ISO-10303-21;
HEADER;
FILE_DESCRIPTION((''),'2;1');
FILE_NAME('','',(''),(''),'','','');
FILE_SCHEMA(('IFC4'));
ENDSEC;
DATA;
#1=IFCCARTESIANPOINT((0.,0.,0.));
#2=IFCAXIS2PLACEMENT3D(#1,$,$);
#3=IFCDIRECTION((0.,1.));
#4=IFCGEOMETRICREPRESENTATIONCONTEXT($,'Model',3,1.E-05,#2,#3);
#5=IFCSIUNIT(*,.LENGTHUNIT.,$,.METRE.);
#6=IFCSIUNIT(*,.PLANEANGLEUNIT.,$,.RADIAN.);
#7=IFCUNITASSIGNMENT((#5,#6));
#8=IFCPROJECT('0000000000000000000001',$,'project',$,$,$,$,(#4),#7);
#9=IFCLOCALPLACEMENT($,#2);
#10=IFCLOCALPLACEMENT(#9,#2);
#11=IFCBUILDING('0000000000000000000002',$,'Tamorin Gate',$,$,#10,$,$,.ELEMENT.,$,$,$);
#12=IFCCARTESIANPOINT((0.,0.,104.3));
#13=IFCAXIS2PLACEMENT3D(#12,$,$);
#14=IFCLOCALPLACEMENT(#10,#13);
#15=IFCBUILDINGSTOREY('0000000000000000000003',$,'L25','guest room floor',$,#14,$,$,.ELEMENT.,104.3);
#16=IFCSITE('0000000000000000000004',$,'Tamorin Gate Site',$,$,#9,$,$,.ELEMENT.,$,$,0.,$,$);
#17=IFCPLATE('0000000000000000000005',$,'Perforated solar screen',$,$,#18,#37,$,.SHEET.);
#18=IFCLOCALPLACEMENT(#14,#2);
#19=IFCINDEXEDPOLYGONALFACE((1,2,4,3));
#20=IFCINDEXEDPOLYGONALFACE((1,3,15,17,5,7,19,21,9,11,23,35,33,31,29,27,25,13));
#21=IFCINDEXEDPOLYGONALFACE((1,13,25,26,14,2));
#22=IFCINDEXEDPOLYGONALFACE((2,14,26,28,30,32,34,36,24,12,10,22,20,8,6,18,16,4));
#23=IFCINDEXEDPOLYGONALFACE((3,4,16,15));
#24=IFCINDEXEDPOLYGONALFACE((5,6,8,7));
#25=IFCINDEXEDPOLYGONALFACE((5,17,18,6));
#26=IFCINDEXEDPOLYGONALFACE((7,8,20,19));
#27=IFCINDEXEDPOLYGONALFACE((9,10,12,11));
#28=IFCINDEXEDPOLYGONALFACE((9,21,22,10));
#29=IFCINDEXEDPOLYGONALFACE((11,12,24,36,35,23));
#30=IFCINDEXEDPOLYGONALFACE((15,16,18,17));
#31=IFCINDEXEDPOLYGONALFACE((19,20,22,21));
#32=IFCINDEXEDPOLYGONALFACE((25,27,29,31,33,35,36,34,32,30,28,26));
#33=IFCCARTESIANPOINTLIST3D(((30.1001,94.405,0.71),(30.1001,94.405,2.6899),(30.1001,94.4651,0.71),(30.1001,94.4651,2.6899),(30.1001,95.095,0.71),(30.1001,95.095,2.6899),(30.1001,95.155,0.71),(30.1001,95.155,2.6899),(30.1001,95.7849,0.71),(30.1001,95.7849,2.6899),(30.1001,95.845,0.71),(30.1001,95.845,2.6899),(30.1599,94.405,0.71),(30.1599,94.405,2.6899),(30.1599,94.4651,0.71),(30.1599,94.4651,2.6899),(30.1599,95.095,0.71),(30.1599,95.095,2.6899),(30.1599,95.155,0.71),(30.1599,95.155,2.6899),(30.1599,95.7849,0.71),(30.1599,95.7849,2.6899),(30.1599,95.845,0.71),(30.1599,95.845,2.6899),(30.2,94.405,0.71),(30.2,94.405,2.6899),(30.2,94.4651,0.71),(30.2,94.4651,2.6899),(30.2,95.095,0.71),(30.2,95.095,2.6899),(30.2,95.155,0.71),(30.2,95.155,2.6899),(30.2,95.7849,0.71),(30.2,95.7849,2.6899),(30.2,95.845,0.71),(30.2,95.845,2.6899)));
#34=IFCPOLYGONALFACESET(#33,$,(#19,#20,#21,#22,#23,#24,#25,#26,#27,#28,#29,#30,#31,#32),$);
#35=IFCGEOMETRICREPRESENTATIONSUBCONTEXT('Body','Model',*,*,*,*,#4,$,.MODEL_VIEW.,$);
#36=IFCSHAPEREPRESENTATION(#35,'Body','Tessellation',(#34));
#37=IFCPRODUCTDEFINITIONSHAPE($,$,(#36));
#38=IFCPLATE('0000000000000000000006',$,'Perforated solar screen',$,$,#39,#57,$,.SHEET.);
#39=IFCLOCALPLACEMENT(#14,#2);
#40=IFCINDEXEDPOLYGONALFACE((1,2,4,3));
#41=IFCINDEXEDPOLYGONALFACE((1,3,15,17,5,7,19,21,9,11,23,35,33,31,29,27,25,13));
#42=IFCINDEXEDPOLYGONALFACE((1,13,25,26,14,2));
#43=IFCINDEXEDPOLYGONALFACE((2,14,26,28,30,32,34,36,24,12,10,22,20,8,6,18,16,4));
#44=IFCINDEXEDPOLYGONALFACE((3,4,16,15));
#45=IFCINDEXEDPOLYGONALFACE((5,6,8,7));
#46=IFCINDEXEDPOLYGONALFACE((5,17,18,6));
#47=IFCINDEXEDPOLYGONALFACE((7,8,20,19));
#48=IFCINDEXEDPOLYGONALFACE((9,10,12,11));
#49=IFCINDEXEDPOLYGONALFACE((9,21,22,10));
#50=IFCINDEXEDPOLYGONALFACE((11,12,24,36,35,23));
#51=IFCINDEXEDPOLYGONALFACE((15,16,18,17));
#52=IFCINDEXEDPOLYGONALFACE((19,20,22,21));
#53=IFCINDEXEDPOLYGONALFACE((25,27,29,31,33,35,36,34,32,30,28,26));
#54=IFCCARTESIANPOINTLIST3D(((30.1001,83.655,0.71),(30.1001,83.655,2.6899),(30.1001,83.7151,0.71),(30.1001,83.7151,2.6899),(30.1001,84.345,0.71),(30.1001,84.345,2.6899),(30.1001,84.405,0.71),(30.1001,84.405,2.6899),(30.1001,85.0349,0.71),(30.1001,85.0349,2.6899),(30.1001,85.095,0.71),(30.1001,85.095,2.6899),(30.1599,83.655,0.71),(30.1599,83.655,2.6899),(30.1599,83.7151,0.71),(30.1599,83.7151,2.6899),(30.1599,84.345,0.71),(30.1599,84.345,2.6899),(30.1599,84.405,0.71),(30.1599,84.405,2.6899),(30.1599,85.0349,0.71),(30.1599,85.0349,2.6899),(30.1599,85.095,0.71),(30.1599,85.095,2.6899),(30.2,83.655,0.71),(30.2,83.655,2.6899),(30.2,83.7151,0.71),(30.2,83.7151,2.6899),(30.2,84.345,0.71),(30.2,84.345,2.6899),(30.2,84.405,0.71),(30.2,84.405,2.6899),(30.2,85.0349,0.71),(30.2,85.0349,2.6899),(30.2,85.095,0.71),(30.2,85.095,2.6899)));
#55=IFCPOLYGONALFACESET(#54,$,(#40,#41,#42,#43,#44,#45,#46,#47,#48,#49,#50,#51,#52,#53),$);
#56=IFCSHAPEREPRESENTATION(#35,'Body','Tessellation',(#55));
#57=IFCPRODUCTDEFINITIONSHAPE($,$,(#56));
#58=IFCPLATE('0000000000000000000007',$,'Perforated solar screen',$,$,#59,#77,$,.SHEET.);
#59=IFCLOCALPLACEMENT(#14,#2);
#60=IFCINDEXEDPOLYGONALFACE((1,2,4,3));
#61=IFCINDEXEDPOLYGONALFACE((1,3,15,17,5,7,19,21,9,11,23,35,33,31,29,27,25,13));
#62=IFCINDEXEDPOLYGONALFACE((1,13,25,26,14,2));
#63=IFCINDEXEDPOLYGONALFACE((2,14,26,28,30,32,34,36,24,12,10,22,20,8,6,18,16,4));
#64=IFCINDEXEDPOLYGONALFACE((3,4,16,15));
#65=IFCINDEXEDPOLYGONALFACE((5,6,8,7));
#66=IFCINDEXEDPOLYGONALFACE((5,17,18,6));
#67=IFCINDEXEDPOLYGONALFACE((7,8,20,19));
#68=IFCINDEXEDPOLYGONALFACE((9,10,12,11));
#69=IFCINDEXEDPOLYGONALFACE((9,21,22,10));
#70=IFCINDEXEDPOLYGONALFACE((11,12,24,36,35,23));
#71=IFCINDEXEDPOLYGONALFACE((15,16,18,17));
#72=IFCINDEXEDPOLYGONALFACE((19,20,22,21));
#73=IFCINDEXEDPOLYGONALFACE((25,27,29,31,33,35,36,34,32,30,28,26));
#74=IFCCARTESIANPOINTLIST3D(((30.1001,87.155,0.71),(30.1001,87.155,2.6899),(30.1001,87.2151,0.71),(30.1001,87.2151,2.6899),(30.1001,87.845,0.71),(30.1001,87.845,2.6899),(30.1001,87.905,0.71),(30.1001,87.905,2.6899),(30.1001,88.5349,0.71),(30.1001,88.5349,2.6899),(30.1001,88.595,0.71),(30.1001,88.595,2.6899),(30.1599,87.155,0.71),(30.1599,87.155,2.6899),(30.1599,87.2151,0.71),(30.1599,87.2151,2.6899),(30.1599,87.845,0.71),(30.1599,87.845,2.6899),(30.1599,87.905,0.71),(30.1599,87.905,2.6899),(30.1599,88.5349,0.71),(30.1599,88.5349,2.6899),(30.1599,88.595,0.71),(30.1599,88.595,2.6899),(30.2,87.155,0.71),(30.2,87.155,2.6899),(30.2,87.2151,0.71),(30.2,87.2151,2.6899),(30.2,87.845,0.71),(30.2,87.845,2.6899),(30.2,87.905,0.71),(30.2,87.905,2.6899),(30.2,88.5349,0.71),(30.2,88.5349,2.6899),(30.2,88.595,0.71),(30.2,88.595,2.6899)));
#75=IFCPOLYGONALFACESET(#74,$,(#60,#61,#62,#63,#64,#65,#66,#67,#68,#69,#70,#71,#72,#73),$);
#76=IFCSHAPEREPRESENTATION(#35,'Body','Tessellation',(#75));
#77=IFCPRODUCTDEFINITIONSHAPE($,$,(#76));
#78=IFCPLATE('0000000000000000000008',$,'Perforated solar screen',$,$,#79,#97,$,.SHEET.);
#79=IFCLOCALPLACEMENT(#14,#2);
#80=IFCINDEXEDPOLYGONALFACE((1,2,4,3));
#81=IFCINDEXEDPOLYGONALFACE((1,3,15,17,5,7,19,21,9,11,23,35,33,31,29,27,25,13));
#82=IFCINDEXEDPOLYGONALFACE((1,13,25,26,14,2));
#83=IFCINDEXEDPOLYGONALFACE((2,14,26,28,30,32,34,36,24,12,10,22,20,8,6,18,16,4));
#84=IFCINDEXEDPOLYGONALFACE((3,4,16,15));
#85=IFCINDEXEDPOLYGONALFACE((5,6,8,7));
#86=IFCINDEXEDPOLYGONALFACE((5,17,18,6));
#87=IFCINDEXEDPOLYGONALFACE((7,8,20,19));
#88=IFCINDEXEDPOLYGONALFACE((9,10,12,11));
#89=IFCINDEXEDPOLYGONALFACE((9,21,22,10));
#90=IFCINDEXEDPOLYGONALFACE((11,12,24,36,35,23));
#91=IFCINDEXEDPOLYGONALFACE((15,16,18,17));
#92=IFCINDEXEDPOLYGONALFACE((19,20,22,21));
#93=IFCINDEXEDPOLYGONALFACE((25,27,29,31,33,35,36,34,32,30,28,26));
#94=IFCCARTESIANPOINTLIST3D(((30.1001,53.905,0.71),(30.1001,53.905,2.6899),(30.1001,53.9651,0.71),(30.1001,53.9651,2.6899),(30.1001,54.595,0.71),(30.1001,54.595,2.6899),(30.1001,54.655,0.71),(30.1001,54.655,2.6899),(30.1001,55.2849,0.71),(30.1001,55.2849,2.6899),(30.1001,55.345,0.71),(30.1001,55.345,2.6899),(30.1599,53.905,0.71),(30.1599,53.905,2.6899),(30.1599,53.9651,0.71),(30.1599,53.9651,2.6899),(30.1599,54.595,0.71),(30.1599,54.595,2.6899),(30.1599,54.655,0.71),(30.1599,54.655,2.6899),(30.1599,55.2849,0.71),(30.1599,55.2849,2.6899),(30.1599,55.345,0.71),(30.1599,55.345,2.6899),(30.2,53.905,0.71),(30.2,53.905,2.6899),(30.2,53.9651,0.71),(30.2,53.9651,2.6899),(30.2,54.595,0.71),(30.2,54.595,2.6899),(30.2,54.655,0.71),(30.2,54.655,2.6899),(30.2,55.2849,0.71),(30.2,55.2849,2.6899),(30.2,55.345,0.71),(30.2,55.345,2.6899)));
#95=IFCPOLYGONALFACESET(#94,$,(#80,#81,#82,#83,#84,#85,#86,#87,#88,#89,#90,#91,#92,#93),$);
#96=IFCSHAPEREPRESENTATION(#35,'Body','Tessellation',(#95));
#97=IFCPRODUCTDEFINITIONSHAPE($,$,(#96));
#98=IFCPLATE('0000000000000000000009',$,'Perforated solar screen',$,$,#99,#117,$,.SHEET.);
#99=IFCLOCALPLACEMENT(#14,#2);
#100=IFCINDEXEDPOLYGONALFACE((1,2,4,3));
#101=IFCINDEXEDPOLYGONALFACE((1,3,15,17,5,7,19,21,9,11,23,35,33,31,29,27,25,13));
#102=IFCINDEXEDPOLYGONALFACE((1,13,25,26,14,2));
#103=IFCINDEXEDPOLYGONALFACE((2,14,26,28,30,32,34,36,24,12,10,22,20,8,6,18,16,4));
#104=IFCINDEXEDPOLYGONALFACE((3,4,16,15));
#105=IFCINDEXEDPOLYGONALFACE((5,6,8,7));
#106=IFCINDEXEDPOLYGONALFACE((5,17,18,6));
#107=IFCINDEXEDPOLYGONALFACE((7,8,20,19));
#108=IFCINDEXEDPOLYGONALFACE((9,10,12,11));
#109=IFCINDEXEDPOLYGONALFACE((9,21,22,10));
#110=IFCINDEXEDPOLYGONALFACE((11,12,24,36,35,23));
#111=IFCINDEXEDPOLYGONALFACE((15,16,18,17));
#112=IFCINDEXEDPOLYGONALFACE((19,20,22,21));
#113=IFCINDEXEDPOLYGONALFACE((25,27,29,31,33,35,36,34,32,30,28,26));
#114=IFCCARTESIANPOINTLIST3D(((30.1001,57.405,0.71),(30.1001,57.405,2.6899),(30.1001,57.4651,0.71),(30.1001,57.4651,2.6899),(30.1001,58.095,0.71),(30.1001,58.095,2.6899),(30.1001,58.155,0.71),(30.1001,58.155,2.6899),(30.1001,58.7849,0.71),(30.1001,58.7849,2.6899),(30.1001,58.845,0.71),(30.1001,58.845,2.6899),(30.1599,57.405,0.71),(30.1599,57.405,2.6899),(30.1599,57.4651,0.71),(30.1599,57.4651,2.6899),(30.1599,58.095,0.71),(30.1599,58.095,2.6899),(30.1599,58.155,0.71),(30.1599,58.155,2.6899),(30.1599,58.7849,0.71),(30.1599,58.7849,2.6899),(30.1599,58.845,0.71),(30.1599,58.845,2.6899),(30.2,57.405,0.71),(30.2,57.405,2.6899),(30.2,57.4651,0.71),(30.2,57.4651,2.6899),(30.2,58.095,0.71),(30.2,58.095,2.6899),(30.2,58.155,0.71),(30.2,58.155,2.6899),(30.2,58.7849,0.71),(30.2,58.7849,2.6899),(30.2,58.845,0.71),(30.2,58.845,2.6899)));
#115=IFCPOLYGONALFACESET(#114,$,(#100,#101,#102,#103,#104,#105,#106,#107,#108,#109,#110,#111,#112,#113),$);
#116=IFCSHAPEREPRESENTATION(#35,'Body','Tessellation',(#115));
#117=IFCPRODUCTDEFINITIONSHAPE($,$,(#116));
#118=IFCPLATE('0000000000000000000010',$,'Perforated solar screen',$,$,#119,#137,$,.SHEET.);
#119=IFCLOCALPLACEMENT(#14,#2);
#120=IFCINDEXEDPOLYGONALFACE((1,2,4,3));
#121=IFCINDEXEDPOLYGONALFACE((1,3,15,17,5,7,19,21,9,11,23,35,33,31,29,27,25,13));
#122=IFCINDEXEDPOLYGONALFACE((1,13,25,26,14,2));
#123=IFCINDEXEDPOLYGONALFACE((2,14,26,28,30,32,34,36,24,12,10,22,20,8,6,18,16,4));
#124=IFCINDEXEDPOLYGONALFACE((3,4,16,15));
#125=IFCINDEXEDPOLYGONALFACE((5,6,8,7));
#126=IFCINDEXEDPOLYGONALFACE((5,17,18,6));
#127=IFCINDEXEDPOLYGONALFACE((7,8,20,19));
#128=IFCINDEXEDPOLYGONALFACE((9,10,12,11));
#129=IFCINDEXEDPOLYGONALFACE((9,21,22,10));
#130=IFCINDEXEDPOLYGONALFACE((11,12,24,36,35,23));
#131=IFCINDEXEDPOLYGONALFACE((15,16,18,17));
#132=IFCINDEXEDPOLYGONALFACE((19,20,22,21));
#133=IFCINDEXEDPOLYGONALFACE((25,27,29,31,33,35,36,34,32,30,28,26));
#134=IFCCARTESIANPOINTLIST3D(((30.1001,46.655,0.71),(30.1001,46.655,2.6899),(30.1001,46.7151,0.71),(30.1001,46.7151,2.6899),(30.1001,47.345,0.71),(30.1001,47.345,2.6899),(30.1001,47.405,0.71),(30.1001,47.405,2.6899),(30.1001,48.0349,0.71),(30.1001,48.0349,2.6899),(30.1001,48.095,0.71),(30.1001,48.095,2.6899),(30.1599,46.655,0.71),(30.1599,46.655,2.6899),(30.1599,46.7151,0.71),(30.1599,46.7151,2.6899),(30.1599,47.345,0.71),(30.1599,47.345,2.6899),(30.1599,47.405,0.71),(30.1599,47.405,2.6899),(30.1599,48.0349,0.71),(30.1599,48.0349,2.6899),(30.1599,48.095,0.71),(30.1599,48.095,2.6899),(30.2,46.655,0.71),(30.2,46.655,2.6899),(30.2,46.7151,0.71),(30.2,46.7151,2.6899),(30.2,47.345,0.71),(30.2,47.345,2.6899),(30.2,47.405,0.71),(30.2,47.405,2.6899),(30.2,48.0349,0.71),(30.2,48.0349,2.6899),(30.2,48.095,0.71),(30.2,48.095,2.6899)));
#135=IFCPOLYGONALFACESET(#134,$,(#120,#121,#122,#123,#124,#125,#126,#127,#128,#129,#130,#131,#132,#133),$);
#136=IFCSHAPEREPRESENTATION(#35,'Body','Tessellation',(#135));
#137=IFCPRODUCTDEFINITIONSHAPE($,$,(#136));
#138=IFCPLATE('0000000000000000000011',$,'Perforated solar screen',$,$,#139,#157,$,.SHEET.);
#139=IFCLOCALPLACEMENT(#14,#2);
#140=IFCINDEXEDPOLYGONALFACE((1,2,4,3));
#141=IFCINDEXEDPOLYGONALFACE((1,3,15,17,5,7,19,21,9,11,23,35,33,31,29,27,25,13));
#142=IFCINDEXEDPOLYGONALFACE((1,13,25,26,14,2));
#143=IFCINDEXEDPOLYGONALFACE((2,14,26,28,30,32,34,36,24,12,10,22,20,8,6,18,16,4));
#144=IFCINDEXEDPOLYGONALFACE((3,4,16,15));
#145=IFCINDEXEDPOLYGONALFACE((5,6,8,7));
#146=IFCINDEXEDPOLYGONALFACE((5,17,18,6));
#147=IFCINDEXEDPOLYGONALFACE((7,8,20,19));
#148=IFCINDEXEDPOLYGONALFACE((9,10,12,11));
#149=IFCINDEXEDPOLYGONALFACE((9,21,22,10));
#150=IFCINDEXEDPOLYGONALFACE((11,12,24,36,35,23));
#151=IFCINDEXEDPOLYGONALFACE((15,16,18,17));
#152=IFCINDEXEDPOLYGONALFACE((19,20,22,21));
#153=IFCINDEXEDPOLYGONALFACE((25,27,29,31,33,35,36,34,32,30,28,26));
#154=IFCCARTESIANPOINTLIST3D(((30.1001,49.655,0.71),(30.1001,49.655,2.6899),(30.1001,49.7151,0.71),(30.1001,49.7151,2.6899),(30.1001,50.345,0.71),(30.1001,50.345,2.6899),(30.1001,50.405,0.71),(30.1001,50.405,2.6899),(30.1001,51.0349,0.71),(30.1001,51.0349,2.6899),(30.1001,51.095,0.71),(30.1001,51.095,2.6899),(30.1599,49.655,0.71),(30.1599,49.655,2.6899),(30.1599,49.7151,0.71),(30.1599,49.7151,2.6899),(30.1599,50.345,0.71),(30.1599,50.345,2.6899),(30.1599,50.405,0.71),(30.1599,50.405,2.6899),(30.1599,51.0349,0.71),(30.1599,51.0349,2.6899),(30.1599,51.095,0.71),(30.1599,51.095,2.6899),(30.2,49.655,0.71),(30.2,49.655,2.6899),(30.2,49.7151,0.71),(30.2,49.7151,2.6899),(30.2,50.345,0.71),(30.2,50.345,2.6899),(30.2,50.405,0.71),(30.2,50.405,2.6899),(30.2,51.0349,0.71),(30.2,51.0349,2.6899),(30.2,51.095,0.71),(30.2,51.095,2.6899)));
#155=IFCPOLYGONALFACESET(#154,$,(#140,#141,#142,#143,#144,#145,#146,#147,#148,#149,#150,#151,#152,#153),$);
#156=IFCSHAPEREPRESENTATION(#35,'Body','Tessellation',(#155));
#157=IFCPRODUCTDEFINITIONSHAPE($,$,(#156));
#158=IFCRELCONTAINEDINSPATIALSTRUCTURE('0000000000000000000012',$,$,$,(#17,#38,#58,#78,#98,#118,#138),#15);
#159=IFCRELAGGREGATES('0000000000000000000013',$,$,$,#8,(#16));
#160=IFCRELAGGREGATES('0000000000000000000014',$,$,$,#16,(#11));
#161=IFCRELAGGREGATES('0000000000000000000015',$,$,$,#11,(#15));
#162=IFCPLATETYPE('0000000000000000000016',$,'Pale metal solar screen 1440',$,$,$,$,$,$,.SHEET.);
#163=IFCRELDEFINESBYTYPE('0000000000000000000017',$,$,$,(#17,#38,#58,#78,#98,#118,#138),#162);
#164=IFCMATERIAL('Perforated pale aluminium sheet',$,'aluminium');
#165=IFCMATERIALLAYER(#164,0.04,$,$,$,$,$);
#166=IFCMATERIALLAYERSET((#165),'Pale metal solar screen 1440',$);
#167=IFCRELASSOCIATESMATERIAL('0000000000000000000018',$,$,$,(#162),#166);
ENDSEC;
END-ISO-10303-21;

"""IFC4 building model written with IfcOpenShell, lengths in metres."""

from ifc_helpers import new_model, si_unit, direction, frame, origin, place, context, subcontext, project, spatial, polyline, outline, extrude, material, layer, layer_set, type_object, element, save


model = new_model("IFC4")

# Units and contexts
model_context = context("Model", 3, precision=1e-05, world=origin(), true_north=direction((0.0, 1.0)))
body_context = subcontext(model_context, "Body", "Model", "MODEL_VIEW")
ifc_project = project(units=[si_unit("LENGTHUNIT", "METRE"), si_unit("PLANEANGLEUNIT", "RADIAN")], contexts=[model_context])

# Site, building, storey
site_placement = place(None, origin())
site = spatial("IfcSite", under=ifc_project, at=site_placement, Name="Tamorin Gate Site", CompositionType="ELEMENT", RefElevation=0.0)
building_placement = place(site_placement, origin())
building = spatial("IfcBuilding", under=site, at=building_placement, Name="Tamorin Gate", CompositionType="ELEMENT")
storey_placement = place(building_placement, frame((0.0, 0.0, 104.3)))
storey = spatial("IfcBuildingStorey", under=building, at=storey_placement, Name="L25", Description="guest room floor", CompositionType="ELEMENT", Elevation=104.3)

# Plates
ifc_material_1 = material(Name="Perforated pale aluminium sheet", Category="aluminium")
ifc_layer_1 = layer(ifc_material_1, 0.04)
ifc_layer_set_1 = layer_set([ifc_layer_1], Name="Pale metal solar screen 1440")
plate_type = type_object("IfcPlateType", Name="Pale metal solar screen 1440", PredefinedType="SHEET", material=ifc_layer_set_1)
plate_1_placement = place(storey_placement, frame((0.0, 0.0, 0.71)))
element("IfcPlate", 1, at=plate_1_placement, inside=storey, type_object=plate_type, Name="Perforated solar screen", PredefinedType="SHEET", context=body_context, shape_type="SweptSolid", body=[
    extrude(outline(polyline([(30.1599, 95.845), (30.2, 95.845), (30.2, 95.7849), (30.2, 95.155), (30.2, 95.095), (30.2, 94.4651), (30.2, 94.405), (30.2, 94.405), (30.1599, 94.405), (30.1599, 94.405), (30.1001, 94.405), (30.1001, 94.4651), (30.1599, 94.4651), (30.1599, 95.095), (30.1001, 95.095), (30.1001, 95.155), (30.1599, 95.155), (30.1599, 95.7849), (30.1001, 95.7849), (30.1001, 95.845), (30.1599, 95.845)])), origin(), (0.0, 0.0, 1.0), 1.98),
])
plate_2_placement = place(storey_placement, frame((0.0, 0.0, 0.71)))
element("IfcPlate", 2, at=plate_2_placement, inside=storey, type_object=plate_type, Name="Perforated solar screen", PredefinedType="SHEET", context=body_context, shape_type="SweptSolid", body=[
    extrude(outline(polyline([(30.1599, 85.095), (30.2, 85.095), (30.2, 85.0349), (30.2, 84.405), (30.2, 84.345), (30.2, 83.7151), (30.2, 83.655), (30.1599, 83.655), (30.1001, 83.655), (30.1001, 83.7151), (30.1599, 83.7151), (30.1599, 84.345), (30.1001, 84.345), (30.1001, 84.405), (30.1599, 84.405), (30.1599, 85.0349), (30.1001, 85.0349), (30.1001, 85.095), (30.1599, 85.095)])), origin(), (0.0, 0.0, 1.0), 1.98),
])
plate_3_placement = place(storey_placement, frame((0.0, 0.0, 0.71)))
element("IfcPlate", 3, at=plate_3_placement, inside=storey, type_object=plate_type, Name="Perforated solar screen", PredefinedType="SHEET", context=body_context, shape_type="SweptSolid", body=[
    extrude(outline(polyline([(30.1599, 88.595), (30.2, 88.595), (30.2, 88.5349), (30.2, 87.905), (30.2, 87.845), (30.2, 87.2151), (30.2, 87.155), (30.1599, 87.155), (30.1001, 87.155), (30.1001, 87.2151), (30.1599, 87.2151), (30.1599, 87.845), (30.1001, 87.845), (30.1001, 87.905), (30.1599, 87.905), (30.1599, 88.5349), (30.1001, 88.5349), (30.1001, 88.595), (30.1599, 88.595)])), origin(), (0.0, 0.0, 1.0), 1.98),
])
plate_4_placement = place(storey_placement, frame((0.0, 0.0, 0.71)))
element("IfcPlate", 4, at=plate_4_placement, inside=storey, type_object=plate_type, Name="Perforated solar screen", PredefinedType="SHEET", context=body_context, shape_type="SweptSolid", body=[
    extrude(outline(polyline([(30.1599, 55.345), (30.2, 55.345), (30.2, 55.2849), (30.2, 54.655), (30.2, 54.595), (30.2, 53.9651), (30.2, 53.905), (30.1599, 53.905), (30.1001, 53.905), (30.1001, 53.9651), (30.1599, 53.9651), (30.1599, 54.595), (30.1001, 54.595), (30.1001, 54.655), (30.1599, 54.655), (30.1599, 55.2849), (30.1001, 55.2849), (30.1001, 55.345), (30.1599, 55.345)])), origin(), (0.0, 0.0, 1.0), 1.98),
])
plate_5_placement = place(storey_placement, frame((0.0, 0.0, 0.71)))
element("IfcPlate", 5, at=plate_5_placement, inside=storey, type_object=plate_type, Name="Perforated solar screen", PredefinedType="SHEET", context=body_context, shape_type="SweptSolid", body=[
    extrude(outline(polyline([(30.1599, 58.845), (30.2, 58.845), (30.2, 58.7849), (30.2, 58.155), (30.2, 58.095), (30.2, 57.4651), (30.2, 57.405), (30.1599, 57.405), (30.1001, 57.405), (30.1001, 57.4651), (30.1599, 57.4651), (30.1599, 58.095), (30.1001, 58.095), (30.1001, 58.155), (30.1599, 58.155), (30.1599, 58.7849), (30.1001, 58.7849), (30.1001, 58.845), (30.1599, 58.845)])), origin(), (0.0, 0.0, 1.0), 1.98),
])
plate_6_placement = place(storey_placement, frame((0.0, 0.0, 0.71)))
element("IfcPlate", 6, at=plate_6_placement, inside=storey, type_object=plate_type, Name="Perforated solar screen", PredefinedType="SHEET", context=body_context, shape_type="SweptSolid", body=[
    extrude(outline(polyline([(30.1599, 48.095), (30.2, 48.095), (30.2, 48.0349), (30.2, 47.405), (30.2, 47.345), (30.2, 46.7151), (30.2, 46.655), (30.1599, 46.655), (30.1001, 46.655), (30.1001, 46.7151), (30.1599, 46.7151), (30.1599, 47.345), (30.1001, 47.345), (30.1001, 47.405), (30.1599, 47.405), (30.1599, 48.0349), (30.1001, 48.0349), (30.1001, 48.095), (30.1599, 48.095)])), origin(), (0.0, 0.0, 1.0), 1.98),
])
plate_7_placement = place(storey_placement, frame((0.0, 0.0, 0.71)))
element("IfcPlate", 7, at=plate_7_placement, inside=storey, type_object=plate_type, Name="Perforated solar screen", PredefinedType="SHEET", context=body_context, shape_type="SweptSolid", body=[
    extrude(outline(polyline([(30.1599, 51.095), (30.2, 51.095), (30.2, 51.0349), (30.2, 50.405), (30.2, 50.345), (30.2, 49.7151), (30.2, 49.655), (30.1599, 49.655), (30.1001, 49.655), (30.1001, 49.7151), (30.1599, 49.7151), (30.1599, 50.345), (30.1001, 50.345), (30.1001, 50.405), (30.1599, 50.405), (30.1599, 51.0349), (30.1001, 51.0349), (30.1001, 51.095), (30.1599, 51.095)])), origin(), (0.0, 0.0, 1.0), 1.98),
])

save(model, "model.ifc")
